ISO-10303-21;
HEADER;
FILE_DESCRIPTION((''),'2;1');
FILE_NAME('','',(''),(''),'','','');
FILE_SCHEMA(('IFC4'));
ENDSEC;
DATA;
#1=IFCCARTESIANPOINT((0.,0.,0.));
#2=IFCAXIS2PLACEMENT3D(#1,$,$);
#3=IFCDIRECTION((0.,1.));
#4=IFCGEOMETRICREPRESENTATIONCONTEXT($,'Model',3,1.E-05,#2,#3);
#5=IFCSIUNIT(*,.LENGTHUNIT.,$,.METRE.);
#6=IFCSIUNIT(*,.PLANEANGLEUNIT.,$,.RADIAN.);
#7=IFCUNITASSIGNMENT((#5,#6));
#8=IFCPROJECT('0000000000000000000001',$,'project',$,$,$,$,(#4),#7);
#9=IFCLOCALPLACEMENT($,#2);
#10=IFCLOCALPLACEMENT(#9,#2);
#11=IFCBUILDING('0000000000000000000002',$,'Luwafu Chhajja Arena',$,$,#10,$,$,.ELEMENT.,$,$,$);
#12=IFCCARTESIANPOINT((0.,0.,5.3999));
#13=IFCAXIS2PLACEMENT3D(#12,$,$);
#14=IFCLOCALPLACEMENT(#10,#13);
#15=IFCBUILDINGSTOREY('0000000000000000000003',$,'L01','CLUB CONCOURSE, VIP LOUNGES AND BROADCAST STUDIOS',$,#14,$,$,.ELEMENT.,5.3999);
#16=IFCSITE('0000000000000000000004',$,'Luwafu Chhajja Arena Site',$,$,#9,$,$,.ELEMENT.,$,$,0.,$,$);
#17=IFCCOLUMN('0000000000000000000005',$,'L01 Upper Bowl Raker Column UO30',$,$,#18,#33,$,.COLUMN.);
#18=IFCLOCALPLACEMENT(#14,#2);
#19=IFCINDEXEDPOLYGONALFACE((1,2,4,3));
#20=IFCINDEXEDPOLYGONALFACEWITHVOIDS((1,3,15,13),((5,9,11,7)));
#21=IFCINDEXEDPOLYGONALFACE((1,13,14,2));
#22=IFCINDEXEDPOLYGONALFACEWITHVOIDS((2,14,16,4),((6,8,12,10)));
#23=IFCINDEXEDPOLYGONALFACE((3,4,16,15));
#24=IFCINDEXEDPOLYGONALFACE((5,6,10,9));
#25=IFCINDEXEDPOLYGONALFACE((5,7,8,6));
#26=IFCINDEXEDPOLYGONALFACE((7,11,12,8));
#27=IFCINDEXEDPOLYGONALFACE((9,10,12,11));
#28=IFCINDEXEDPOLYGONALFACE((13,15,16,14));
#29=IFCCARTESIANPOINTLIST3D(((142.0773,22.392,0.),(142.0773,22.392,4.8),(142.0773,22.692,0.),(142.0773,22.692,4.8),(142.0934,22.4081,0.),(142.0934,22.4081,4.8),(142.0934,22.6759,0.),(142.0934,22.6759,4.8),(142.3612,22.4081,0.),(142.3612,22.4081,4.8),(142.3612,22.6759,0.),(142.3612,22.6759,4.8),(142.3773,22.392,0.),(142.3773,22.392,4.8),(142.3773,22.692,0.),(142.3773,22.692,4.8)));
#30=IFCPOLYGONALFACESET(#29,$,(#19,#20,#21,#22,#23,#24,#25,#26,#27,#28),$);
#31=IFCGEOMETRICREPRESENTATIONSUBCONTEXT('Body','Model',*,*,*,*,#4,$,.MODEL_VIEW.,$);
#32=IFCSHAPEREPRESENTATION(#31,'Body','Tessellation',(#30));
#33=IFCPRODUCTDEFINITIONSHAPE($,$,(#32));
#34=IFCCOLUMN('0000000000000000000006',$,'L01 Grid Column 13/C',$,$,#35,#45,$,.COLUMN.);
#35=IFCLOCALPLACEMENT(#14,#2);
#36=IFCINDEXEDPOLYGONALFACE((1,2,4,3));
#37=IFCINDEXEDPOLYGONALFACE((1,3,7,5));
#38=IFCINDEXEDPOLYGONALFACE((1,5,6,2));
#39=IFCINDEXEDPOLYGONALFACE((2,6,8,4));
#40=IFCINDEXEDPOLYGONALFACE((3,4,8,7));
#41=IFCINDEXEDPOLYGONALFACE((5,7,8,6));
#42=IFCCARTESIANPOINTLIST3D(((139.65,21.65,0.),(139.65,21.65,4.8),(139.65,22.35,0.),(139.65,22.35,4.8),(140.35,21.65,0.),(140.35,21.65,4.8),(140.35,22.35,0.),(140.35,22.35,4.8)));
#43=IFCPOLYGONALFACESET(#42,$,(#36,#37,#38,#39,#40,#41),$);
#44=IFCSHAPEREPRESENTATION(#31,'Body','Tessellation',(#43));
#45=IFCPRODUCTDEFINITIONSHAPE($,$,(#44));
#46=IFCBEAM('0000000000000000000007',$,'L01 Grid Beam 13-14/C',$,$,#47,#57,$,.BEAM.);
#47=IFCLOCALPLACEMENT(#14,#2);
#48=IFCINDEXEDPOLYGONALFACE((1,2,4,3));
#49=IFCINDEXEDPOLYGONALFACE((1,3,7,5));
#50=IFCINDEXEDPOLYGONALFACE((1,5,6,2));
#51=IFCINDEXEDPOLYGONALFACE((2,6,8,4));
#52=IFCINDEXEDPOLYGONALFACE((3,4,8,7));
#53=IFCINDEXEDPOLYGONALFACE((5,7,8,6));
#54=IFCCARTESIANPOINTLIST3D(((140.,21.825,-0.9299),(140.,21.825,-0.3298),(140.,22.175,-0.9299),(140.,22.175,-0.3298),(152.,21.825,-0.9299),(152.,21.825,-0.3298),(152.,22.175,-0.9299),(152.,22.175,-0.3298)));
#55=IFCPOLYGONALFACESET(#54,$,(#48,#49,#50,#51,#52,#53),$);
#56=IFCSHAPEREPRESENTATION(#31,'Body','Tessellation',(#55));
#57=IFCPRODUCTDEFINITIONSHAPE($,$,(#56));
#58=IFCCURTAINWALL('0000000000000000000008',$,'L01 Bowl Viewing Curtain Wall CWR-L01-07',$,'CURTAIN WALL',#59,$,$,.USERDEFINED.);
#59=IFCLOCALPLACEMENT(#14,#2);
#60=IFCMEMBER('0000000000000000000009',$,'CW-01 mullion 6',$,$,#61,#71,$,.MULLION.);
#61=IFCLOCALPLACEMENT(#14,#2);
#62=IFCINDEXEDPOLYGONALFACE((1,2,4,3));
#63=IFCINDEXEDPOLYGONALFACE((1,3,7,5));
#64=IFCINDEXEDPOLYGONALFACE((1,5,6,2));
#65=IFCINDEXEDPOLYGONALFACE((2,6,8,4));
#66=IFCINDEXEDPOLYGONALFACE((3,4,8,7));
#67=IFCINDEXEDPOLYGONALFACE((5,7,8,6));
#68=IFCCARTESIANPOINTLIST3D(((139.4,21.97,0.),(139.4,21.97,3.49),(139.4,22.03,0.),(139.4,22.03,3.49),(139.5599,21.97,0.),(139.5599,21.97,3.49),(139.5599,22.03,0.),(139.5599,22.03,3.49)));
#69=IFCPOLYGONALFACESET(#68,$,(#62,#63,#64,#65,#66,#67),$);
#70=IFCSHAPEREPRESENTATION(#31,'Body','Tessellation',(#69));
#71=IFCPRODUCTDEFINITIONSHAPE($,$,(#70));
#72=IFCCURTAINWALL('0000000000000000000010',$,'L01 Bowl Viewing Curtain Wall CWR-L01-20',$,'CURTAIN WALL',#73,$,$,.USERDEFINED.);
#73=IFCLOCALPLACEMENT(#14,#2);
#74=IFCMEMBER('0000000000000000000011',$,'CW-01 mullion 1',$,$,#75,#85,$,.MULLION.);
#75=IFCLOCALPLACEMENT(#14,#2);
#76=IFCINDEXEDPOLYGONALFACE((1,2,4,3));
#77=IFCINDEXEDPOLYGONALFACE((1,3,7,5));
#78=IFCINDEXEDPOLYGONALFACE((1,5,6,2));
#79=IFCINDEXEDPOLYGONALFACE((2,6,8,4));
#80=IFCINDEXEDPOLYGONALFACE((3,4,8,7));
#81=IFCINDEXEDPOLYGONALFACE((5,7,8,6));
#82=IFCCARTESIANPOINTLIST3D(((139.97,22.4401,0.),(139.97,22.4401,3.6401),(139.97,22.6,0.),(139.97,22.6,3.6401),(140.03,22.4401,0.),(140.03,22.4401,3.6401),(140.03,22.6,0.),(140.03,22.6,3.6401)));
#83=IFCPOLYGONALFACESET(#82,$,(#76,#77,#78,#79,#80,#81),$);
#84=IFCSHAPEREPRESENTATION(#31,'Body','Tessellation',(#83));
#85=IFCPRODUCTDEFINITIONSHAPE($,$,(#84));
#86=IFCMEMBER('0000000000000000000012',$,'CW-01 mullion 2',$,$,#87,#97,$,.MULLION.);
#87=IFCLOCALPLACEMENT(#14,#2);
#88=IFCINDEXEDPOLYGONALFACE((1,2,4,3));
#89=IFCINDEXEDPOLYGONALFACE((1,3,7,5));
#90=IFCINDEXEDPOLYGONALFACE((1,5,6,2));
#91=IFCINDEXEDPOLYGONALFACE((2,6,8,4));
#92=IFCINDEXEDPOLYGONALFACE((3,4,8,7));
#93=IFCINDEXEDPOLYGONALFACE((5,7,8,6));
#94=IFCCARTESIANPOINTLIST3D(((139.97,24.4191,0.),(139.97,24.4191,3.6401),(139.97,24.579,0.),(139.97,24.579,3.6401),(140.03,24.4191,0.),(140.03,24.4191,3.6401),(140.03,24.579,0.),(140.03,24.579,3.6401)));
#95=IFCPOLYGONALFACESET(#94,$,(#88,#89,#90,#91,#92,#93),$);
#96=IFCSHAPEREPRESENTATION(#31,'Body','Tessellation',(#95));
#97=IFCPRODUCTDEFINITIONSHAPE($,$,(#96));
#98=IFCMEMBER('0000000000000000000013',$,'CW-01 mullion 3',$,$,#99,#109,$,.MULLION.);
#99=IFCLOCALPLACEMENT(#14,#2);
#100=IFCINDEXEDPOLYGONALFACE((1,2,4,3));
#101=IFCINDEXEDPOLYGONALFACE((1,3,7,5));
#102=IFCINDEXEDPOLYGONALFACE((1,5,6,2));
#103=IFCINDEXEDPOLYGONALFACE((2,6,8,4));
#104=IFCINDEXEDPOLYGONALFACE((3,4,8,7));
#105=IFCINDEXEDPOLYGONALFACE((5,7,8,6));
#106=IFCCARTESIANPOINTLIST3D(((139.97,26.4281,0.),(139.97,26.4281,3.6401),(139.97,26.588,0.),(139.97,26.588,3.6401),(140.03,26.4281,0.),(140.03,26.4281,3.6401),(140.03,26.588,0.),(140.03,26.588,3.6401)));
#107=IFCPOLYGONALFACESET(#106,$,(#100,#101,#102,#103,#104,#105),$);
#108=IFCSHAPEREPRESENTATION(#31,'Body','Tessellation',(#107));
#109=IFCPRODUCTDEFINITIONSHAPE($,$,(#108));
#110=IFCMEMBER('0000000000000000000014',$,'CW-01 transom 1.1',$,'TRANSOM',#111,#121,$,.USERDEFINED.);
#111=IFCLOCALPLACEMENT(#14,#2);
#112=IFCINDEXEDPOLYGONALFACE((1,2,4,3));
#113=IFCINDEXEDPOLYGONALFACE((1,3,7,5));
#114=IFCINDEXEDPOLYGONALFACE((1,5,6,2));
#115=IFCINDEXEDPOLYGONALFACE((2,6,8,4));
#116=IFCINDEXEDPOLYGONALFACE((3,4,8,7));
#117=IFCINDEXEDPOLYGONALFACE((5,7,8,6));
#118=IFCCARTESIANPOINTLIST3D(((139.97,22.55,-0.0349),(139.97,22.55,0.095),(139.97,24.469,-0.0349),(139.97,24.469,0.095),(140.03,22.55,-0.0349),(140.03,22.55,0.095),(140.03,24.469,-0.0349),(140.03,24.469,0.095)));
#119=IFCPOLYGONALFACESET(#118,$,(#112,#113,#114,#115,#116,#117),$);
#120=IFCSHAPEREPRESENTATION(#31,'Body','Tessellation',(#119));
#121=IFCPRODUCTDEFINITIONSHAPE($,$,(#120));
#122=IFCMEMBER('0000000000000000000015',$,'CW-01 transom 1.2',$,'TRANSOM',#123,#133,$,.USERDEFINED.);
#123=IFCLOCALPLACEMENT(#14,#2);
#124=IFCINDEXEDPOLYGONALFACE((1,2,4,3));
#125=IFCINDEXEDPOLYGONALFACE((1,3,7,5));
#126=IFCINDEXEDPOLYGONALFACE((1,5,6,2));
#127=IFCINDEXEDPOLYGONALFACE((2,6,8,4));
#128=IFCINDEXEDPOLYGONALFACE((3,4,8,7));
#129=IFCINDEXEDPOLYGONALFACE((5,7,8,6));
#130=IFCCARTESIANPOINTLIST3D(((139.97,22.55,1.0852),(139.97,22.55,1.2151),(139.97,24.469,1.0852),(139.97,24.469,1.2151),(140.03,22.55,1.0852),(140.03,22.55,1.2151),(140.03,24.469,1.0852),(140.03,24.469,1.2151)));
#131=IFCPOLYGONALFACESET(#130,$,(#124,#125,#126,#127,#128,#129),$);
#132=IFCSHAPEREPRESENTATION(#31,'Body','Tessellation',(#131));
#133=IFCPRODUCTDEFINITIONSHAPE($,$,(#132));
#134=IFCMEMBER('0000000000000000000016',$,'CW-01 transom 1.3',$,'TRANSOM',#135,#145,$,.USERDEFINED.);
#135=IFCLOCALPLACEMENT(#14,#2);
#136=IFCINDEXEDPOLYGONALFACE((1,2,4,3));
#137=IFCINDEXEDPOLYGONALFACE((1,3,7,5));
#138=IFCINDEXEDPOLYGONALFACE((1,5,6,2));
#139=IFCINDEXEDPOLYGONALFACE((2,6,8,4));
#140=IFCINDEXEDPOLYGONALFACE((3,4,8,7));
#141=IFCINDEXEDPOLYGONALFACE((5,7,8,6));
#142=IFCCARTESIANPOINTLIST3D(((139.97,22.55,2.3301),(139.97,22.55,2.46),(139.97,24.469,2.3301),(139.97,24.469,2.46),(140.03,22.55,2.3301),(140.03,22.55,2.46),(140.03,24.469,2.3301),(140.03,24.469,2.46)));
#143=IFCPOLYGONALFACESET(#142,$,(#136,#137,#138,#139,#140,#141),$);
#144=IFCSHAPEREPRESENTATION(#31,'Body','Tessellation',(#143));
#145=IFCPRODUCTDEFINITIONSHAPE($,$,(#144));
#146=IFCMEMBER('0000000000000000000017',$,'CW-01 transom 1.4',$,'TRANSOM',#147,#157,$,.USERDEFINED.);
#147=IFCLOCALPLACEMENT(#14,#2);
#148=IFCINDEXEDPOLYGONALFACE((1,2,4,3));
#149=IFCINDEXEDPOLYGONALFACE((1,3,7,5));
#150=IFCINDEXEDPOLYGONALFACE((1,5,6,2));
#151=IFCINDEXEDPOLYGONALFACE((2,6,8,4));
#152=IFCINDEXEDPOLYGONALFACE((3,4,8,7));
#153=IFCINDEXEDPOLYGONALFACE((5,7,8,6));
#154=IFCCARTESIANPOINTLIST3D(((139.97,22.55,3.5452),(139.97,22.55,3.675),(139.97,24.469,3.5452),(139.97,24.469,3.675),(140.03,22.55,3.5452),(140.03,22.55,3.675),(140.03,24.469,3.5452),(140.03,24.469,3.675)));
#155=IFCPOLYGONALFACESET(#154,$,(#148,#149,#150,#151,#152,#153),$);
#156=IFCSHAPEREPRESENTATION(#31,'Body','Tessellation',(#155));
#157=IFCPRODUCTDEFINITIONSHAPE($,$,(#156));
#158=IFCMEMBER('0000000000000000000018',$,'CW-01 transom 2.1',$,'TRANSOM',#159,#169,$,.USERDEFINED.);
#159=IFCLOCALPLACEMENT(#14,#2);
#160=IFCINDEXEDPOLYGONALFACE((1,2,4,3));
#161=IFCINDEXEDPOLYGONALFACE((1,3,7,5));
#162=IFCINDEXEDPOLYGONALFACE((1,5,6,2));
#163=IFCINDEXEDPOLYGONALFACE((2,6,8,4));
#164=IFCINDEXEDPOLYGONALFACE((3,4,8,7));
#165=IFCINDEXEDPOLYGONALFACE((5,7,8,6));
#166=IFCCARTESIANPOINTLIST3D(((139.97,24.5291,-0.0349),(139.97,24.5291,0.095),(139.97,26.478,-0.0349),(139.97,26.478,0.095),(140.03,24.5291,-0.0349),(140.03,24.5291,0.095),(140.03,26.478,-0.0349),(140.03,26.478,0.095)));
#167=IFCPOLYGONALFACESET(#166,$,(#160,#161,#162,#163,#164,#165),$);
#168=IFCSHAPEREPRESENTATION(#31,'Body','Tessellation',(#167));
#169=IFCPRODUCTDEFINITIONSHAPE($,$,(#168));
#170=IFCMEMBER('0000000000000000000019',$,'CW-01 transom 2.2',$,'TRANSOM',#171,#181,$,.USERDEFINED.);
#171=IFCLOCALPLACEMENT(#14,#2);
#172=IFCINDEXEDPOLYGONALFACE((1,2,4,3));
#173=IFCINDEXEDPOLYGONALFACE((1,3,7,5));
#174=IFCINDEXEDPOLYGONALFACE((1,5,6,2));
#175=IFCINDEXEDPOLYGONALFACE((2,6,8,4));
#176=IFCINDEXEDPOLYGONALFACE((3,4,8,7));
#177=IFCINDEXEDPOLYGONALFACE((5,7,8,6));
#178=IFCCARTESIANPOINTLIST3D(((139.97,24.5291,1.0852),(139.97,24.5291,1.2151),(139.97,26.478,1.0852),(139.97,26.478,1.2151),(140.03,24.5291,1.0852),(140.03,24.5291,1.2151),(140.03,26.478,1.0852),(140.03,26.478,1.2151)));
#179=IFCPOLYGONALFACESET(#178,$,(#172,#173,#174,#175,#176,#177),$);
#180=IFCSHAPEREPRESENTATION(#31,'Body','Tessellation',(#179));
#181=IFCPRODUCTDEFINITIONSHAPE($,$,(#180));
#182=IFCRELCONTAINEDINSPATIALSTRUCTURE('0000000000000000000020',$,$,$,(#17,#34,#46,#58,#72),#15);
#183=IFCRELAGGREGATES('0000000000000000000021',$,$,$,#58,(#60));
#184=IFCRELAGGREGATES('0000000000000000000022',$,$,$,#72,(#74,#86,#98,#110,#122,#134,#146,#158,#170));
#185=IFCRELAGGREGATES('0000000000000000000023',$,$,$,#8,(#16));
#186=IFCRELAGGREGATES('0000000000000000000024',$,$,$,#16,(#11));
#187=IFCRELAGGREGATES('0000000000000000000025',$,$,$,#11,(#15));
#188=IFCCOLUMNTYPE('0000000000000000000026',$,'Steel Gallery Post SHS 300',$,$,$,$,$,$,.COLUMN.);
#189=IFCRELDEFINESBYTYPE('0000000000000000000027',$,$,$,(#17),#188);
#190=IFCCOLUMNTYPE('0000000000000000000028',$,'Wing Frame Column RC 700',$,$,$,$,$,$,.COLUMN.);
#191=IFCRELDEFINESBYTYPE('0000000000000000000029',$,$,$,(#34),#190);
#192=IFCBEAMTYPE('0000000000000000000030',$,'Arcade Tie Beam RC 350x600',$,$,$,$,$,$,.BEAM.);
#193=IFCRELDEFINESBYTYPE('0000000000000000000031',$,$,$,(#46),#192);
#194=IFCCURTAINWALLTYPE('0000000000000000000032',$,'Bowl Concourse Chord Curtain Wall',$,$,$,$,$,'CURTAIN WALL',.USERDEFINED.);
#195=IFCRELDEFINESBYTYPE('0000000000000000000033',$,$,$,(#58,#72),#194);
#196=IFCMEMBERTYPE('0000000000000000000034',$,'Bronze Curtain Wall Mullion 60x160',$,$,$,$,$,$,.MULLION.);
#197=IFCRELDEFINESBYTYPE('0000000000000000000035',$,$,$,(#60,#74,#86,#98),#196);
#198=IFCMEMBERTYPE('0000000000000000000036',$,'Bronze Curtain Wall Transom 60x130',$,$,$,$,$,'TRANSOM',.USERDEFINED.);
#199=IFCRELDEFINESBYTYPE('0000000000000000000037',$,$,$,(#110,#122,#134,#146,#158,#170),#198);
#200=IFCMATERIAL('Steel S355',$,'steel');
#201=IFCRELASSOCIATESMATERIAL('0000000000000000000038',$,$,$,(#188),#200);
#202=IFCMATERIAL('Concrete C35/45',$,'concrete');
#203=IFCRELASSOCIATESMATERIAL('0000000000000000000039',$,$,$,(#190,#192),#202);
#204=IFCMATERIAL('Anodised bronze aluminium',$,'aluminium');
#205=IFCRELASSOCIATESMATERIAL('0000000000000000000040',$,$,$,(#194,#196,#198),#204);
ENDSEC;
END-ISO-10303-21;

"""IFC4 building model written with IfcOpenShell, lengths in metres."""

from ifc_helpers import new_model, si_unit, direction, frame, origin, origin_2d, place, context, subcontext, project, spatial, rectangle, hollow_rectangle, extrude, material, material_profile, profile_set, type_object, element, aggregate, save


model = new_model("IFC4")

# Units and contexts
model_context = context("Model", 3, precision=1e-05, world=origin(), true_north=direction((0.0, 1.0)))
body_context = subcontext(model_context, "Body", "Model", "MODEL_VIEW")
ifc_project = project(units=[si_unit("LENGTHUNIT", "METRE"), si_unit("PLANEANGLEUNIT", "RADIAN")], contexts=[model_context])

# Site, building, storey
site_placement = place(None, origin())
site = spatial("IfcSite", under=ifc_project, at=site_placement, Name="Luwafu Chhajja Arena Site", CompositionType="ELEMENT", RefElevation=0.0)
building_placement = place(site_placement, origin())
building = spatial("IfcBuilding", under=site, at=building_placement, Name="Luwafu Chhajja Arena", CompositionType="ELEMENT")
storey_placement = place(building_placement, frame((0.0, 0.0, 5.3999)))
storey = spatial("IfcBuildingStorey", under=building, at=storey_placement, Name="L01", Description="CLUB CONCOURSE, VIP LOUNGES AND BROADCAST STUDIOS", CompositionType="ELEMENT", Elevation=5.3999)

# Columns
ifc_material_1 = material(Name="Steel S355", Category="steel")
ifc_material_profile_1 = material_profile(ifc_material_1, hollow_rectangle(XDim=0.3, YDim=0.3, WallThickness=0.0161, at=origin_2d()), Name="SHS 300x300x16")
ifc_profile_set_1 = profile_set([ifc_material_profile_1], Name="Steel S355")
column_type_1 = type_object("IfcColumnType", Name="Steel Gallery Post SHS 300", PredefinedType="COLUMN", material=ifc_profile_set_1)
column_1_placement = place(storey_placement, frame((142.2273, 22.542, 0.0), z_axis=(0.0, 0.0, 1.0), x_axis=(1.0, 0.0, 0.0)))
element("IfcColumn", 1, at=column_1_placement, inside=storey, type_object=column_type_1, Name="L01 Upper Bowl Raker Column UO30", PredefinedType="COLUMN", context=body_context, shape_type="SweptSolid", body=[
    extrude(hollow_rectangle(XDim=0.3, YDim=0.3, WallThickness=0.0161, at=origin_2d()), origin(), (0.0, 0.0, 1.0), 4.8),
])
ifc_material_2 = material(Name="Concrete C35/45", Category="concrete")
ifc_material_profile_2 = material_profile(ifc_material_2, rectangle(XDim=0.7, YDim=0.7, at=origin_2d()), Name="RC 700x700")
ifc_profile_set_2 = profile_set([ifc_material_profile_2], Name="Concrete C35/45")
column_type_2 = type_object("IfcColumnType", Name="Wing Frame Column RC 700", PredefinedType="COLUMN", material=ifc_profile_set_2)
column_2_placement = place(storey_placement, frame((140.0, 22.0, 0.0), z_axis=(0.0, 0.0, 1.0), x_axis=(1.0, 0.0, 0.0)))
element("IfcColumn", 2, at=column_2_placement, inside=storey, type_object=column_type_2, Name="L01 Grid Column 13/C", PredefinedType="COLUMN", context=body_context, shape_type="SweptSolid", body=[
    extrude(rectangle(XDim=0.7, YDim=0.7, at=origin_2d()), origin(), (0.0, 0.0, 1.0), 4.8),
])

# Beam
ifc_material_profile_3 = material_profile(ifc_material_2, rectangle(XDim=0.3501, YDim=0.6001, at=origin_2d()), Name="RC 350x600")
ifc_profile_set_3 = profile_set([ifc_material_profile_3], Name="Concrete C35/45")
beam_type_1 = type_object("IfcBeamType", Name="Arcade Tie Beam RC 350x600", PredefinedType="BEAM", material=ifc_profile_set_3)
beam_1_placement = place(storey_placement, frame((140.0, 22.0, -0.6299), z_axis=(1.0, 0.0, 0.0), x_axis=(0.0, 1.0, 0.0)))
element("IfcBeam", 3, at=beam_1_placement, inside=storey, type_object=beam_type_1, Name="L01 Grid Beam 13-14/C", PredefinedType="BEAM", context=body_context, shape_type="SweptSolid", body=[
    extrude(rectangle(XDim=0.3501, YDim=0.6001, at=origin_2d()), origin(), (0.0, 0.0, 1.0), 12.0),
])

# Curtain wall, member
ifc_material_3 = material(Name="Anodised bronze aluminium", Category="aluminium")
curtain_wall_type = type_object("IfcCurtainWallType", Name="Bowl Concourse Chord Curtain Wall", ElementType="CURTAIN WALL", PredefinedType="USERDEFINED", material=ifc_material_3)
curtain_wall_1_placement = place(storey_placement, origin())
curtain_wall_1 = element("IfcCurtainWall", 4, at=curtain_wall_1_placement, inside=storey, type_object=curtain_wall_type, Name="L01 Bowl Viewing Curtain Wall CWR-L01-07", ObjectType="CURTAIN WALL", PredefinedType="USERDEFINED")
ifc_material_profile_4 = material_profile(ifc_material_3, rectangle(XDim=0.0601, YDim=0.1599, at=origin_2d()), Name="CWM 60x160")
ifc_profile_set_4 = profile_set([ifc_material_profile_4], Name="Anodised bronze aluminium")
member_type_1 = type_object("IfcMemberType", Name="Bronze Curtain Wall Mullion 60x160", PredefinedType="MULLION", material=ifc_profile_set_4)
member_1_placement = place(storey_placement, frame((139.48, 22.0, 0.0), z_axis=(0.0, 0.0, 1.0), x_axis=(0.0, 1.0, 0.0)))
member_1 = element("IfcMember", 5, at=member_1_placement, type_object=member_type_1, Name="CW-01 mullion 6", PredefinedType="MULLION", context=body_context, shape_type="SweptSolid", body=[
    extrude(rectangle(XDim=0.0601, YDim=0.1599, at=origin_2d()), origin(), (0.0, 0.0, 1.0), 3.49),
])

# Curtain wall, members
curtain_wall_2_placement = place(storey_placement, origin())
curtain_wall_2 = element("IfcCurtainWall", 6, at=curtain_wall_2_placement, inside=storey, type_object=curtain_wall_type, Name="L01 Bowl Viewing Curtain Wall CWR-L01-20", ObjectType="CURTAIN WALL", PredefinedType="USERDEFINED")
member_2_placement = place(storey_placement, frame((140.0, 22.52, 0.0), z_axis=(0.0, 0.0, 1.0), x_axis=(-1.0, 0.0, 0.0)))
member_2 = element("IfcMember", 7, at=member_2_placement, type_object=member_type_1, Name="CW-01 mullion 1", PredefinedType="MULLION", context=body_context, shape_type="SweptSolid", body=[
    extrude(rectangle(XDim=0.0601, YDim=0.1599, at=origin_2d()), origin(), (0.0, 0.0, 1.0), 3.6401),
])
member_3_placement = place(storey_placement, frame((140.0, 24.499, 0.0), z_axis=(0.0, 0.0, 1.0), x_axis=(-1.0, 0.0, 0.0)))
member_3 = element("IfcMember", 8, at=member_3_placement, type_object=member_type_1, Name="CW-01 mullion 2", PredefinedType="MULLION", context=body_context, shape_type="SweptSolid", body=[
    extrude(rectangle(XDim=0.0601, YDim=0.1599, at=origin_2d()), origin(), (0.0, 0.0, 1.0), 3.6401),
])
member_4_placement = place(storey_placement, frame((140.0, 26.5081, 0.0), z_axis=(0.0, 0.0, 1.0), x_axis=(-1.0, 0.0, 0.0)))
member_4 = element("IfcMember", 9, at=member_4_placement, type_object=member_type_1, Name="CW-01 mullion 3", PredefinedType="MULLION", context=body_context, shape_type="SweptSolid", body=[
    extrude(rectangle(XDim=0.0601, YDim=0.1599, at=origin_2d()), origin(), (0.0, 0.0, 1.0), 3.6401),
])
ifc_material_profile_5 = material_profile(ifc_material_3, rectangle(XDim=0.0601, YDim=0.1299, at=origin_2d()), Name="CWT 60x130")
ifc_profile_set_5 = profile_set([ifc_material_profile_5], Name="Anodised bronze aluminium")
member_type_2 = type_object("IfcMemberType", Name="Bronze Curtain Wall Transom 60x130", ElementType="TRANSOM", PredefinedType="USERDEFINED", material=ifc_profile_set_5)
member_5_placement = place(storey_placement, frame((140.0, 22.55, 0.03), z_axis=(0.0, 1.0, 0.0), x_axis=(-1.0, 0.0, 0.0)))
member_5 = element("IfcMember", 10, at=member_5_placement, type_object=member_type_2, Name="CW-01 transom 1.1", ObjectType="TRANSOM", PredefinedType="USERDEFINED", context=body_context, shape_type="SweptSolid", body=[
    extrude(rectangle(XDim=0.0601, YDim=0.1299, at=origin_2d()), origin(), (0.0, 0.0, 1.0), 1.9189),
])
member_6_placement = place(storey_placement, frame((140.0, 22.55, 1.1501), z_axis=(0.0, 1.0, 0.0), x_axis=(-1.0, 0.0, 0.0)))
member_6 = element("IfcMember", 11, at=member_6_placement, type_object=member_type_2, Name="CW-01 transom 1.2", ObjectType="TRANSOM", PredefinedType="USERDEFINED", context=body_context, shape_type="SweptSolid", body=[
    extrude(rectangle(XDim=0.0601, YDim=0.1299, at=origin_2d()), origin(), (0.0, 0.0, 1.0), 1.9189),
])
member_7_placement = place(storey_placement, frame((140.0, 22.55, 2.395), z_axis=(0.0, 1.0, 0.0), x_axis=(-1.0, 0.0, 0.0)))
member_7 = element("IfcMember", 12, at=member_7_placement, type_object=member_type_2, Name="CW-01 transom 1.3", ObjectType="TRANSOM", PredefinedType="USERDEFINED", context=body_context, shape_type="SweptSolid", body=[
    extrude(rectangle(XDim=0.0601, YDim=0.1299, at=origin_2d()), origin(), (0.0, 0.0, 1.0), 1.9189),
])
member_8_placement = place(storey_placement, frame((140.0, 22.55, 3.6101), z_axis=(0.0, 1.0, 0.0), x_axis=(-1.0, 0.0, 0.0)))
member_8 = element("IfcMember", 13, at=member_8_placement, type_object=member_type_2, Name="CW-01 transom 1.4", ObjectType="TRANSOM", PredefinedType="USERDEFINED", context=body_context, shape_type="SweptSolid", body=[
    extrude(rectangle(XDim=0.0601, YDim=0.1299, at=origin_2d()), origin(), (0.0, 0.0, 1.0), 1.9189),
])
member_9_placement = place(storey_placement, frame((140.0, 24.5291, 0.03), z_axis=(0.0, 1.0, 0.0), x_axis=(-1.0, 0.0, 0.0)))
member_9 = element("IfcMember", 14, at=member_9_placement, type_object=member_type_2, Name="CW-01 transom 2.1", ObjectType="TRANSOM", PredefinedType="USERDEFINED", context=body_context, shape_type="SweptSolid", body=[
    extrude(rectangle(XDim=0.0601, YDim=0.1299, at=origin_2d()), origin(), (0.0, 0.0, 1.0), 1.949),
])
member_10_placement = place(storey_placement, frame((140.0, 24.5291, 1.1501), z_axis=(0.0, 1.0, 0.0), x_axis=(-1.0, 0.0, 0.0)))
member_10 = element("IfcMember", 15, at=member_10_placement, type_object=member_type_2, Name="CW-01 transom 2.2", ObjectType="TRANSOM", PredefinedType="USERDEFINED", context=body_context, shape_type="SweptSolid", body=[
    extrude(rectangle(XDim=0.0601, YDim=0.1299, at=origin_2d()), origin(), (0.0, 0.0, 1.0), 1.949),
])

aggregate(curtain_wall_1, [member_1])
aggregate(curtain_wall_2, [member_2, member_3, member_4, member_5, member_6, member_7, member_8, member_9, member_10])

save(model, "model.ifc")
